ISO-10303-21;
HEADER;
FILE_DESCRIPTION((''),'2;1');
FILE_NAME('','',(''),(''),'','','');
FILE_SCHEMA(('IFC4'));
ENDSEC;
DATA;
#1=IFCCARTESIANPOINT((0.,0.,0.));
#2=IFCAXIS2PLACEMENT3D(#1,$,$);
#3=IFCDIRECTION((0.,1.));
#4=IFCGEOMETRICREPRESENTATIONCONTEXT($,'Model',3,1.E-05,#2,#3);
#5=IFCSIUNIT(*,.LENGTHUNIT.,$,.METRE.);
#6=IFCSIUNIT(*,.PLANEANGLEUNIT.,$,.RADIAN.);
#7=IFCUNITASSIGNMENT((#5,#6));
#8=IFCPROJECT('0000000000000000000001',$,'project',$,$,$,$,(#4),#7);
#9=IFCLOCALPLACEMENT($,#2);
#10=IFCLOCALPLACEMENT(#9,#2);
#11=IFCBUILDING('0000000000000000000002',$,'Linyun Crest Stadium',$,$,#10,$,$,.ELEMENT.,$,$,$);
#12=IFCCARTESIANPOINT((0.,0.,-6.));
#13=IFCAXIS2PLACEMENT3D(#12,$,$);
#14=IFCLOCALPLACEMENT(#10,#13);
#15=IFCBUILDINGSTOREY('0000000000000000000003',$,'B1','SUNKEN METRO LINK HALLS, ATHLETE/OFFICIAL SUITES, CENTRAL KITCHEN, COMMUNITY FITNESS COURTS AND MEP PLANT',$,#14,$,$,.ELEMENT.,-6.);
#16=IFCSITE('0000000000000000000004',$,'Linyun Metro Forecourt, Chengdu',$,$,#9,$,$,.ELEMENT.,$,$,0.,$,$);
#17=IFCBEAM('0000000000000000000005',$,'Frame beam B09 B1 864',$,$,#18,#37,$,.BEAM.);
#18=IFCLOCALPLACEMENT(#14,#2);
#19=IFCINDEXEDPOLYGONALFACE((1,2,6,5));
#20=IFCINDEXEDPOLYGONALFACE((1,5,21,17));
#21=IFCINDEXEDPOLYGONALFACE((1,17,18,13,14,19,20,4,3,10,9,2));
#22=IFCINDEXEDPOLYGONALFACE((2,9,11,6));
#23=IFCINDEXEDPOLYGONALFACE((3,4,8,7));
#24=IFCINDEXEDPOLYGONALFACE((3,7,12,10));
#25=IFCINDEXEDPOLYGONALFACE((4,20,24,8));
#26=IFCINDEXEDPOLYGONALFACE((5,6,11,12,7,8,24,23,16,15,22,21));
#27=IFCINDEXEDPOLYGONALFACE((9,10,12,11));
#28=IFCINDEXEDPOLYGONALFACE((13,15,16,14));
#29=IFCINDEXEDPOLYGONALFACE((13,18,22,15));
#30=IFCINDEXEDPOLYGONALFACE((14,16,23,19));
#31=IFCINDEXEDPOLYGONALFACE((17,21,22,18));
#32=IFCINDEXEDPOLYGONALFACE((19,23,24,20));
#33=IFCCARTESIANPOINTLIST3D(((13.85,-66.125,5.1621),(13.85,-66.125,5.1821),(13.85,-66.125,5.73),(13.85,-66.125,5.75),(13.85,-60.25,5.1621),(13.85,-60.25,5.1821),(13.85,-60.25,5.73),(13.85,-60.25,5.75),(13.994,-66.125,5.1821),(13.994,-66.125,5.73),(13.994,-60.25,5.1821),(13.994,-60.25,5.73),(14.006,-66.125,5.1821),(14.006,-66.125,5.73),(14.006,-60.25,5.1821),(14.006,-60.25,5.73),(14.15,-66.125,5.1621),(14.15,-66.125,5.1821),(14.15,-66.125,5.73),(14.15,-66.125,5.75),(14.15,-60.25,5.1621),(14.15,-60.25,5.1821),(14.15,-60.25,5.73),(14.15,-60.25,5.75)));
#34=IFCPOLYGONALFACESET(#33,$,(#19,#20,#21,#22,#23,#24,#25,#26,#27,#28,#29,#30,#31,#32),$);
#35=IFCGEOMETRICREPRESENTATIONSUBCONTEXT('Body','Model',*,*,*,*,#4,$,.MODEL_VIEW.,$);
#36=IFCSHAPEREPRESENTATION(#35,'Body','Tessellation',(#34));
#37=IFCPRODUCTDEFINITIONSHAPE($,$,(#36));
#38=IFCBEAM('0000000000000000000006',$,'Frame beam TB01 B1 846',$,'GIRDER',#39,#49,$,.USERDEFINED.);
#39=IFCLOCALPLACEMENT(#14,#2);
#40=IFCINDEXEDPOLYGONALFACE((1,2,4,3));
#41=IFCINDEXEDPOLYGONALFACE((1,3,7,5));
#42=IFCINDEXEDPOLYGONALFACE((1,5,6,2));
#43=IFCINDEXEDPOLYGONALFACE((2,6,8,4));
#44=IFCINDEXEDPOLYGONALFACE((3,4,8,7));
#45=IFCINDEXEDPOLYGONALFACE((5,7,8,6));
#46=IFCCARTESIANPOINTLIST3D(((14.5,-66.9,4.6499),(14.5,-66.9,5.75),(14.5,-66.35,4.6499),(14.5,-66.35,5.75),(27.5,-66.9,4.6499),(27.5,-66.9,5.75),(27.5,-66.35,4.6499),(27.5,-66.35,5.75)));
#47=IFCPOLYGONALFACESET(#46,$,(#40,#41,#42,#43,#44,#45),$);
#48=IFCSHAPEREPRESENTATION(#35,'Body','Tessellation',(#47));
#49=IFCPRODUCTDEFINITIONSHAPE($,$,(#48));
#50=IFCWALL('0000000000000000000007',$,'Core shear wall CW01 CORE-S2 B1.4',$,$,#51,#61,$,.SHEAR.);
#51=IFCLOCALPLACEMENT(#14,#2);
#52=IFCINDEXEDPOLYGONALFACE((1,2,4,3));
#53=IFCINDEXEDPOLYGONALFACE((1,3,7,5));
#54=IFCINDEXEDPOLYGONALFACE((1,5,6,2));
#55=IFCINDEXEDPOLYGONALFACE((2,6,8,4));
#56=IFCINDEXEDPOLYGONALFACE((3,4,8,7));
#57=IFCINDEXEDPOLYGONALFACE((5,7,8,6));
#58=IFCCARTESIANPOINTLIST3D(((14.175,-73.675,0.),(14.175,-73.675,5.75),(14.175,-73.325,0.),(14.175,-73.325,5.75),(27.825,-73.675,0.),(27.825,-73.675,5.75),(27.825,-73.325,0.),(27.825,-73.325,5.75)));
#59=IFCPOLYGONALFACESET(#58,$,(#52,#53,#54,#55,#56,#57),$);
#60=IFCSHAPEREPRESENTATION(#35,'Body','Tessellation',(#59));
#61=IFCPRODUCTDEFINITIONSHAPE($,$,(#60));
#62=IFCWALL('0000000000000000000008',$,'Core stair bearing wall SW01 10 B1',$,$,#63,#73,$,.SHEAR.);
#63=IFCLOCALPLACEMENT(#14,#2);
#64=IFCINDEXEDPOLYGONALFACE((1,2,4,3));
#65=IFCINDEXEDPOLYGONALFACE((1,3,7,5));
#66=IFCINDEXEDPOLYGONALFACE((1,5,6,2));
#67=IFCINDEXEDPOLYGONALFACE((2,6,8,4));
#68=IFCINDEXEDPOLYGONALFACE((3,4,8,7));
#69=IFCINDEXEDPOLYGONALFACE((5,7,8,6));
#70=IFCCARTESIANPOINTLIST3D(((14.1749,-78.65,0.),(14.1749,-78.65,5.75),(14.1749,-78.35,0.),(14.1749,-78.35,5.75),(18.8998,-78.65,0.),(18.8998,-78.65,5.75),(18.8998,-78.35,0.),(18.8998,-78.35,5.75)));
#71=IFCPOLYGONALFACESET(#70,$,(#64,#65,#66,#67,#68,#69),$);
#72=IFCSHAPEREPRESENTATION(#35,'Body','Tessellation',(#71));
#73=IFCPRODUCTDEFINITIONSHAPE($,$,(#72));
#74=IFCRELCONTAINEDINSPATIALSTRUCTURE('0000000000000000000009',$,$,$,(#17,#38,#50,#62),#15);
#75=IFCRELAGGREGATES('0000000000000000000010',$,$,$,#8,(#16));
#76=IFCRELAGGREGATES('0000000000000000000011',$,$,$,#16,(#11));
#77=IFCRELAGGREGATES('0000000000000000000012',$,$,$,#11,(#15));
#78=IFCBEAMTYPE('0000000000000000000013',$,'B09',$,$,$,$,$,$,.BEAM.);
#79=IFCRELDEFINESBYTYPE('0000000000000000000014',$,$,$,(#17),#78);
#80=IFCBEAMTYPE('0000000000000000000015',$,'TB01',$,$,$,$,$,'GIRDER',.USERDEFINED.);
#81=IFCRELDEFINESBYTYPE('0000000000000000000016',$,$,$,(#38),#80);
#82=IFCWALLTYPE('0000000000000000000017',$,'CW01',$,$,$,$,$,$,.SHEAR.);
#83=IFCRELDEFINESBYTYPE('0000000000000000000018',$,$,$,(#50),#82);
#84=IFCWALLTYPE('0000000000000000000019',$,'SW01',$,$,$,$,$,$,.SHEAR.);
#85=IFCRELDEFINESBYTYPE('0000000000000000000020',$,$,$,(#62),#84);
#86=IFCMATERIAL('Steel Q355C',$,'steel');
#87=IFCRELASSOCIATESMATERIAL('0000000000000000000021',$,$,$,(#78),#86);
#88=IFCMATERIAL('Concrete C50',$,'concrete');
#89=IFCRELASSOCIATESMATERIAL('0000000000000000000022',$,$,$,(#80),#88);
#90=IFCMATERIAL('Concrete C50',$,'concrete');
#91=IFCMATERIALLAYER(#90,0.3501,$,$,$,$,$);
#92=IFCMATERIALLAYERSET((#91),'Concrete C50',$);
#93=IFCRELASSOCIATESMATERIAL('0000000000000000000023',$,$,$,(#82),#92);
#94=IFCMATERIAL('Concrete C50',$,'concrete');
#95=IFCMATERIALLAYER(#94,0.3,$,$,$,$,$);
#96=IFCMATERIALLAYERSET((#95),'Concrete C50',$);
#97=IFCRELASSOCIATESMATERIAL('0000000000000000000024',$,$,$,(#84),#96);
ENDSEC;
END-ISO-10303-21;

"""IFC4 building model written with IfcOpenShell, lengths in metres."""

from ifc_helpers import new_model, si_unit, direction, frame, frame_2d, origin, origin_2d, place, context, subcontext, project, spatial, rectangle, i_section, extrude, material, layer, layer_set, material_profile, profile_set, type_object, element, save


model = new_model("IFC4")

# Units and contexts
model_context = context("Model", 3, precision=1e-05, world=origin(), true_north=direction((0.0, 1.0)))
body_context = subcontext(model_context, "Body", "Model", "MODEL_VIEW")
ifc_project = project(units=[si_unit("LENGTHUNIT", "METRE"), si_unit("PLANEANGLEUNIT", "RADIAN")], contexts=[model_context])

# Site, building, storey
site_placement = place(None, origin())
site = spatial("IfcSite", under=ifc_project, at=site_placement, Name="Linyun Metro Forecourt, Chengdu", CompositionType="ELEMENT", RefElevation=0.0)
building_placement = place(site_placement, origin())
building = spatial("IfcBuilding", under=site, at=building_placement, Name="Linyun Crest Stadium", CompositionType="ELEMENT")
storey_placement = place(building_placement, frame((0.0, 0.0, -6.0)))
storey = spatial("IfcBuildingStorey", under=building, at=storey_placement, Name="B1", Description="SUNKEN METRO LINK HALLS, ATHLETE/OFFICIAL SUITES, CENTRAL KITCHEN, COMMUNITY FITNESS COURTS AND MEP PLANT", CompositionType="ELEMENT", Elevation=-6.0)

# Beams
ifc_material_1 = material(Name="Steel Q355C", Category="steel")
ifc_material_profile_1 = material_profile(ifc_material_1, i_section(OverallWidth=0.3, OverallDepth=0.5879, WebThickness=0.012, FlangeThickness=0.02, at=origin_2d()), Name="HM 588x300")
ifc_profile_set_1 = profile_set([ifc_material_profile_1], Name="Steel Q355C")
beam_type_1 = type_object("IfcBeamType", Name="B09", PredefinedType="BEAM", material=ifc_profile_set_1)
beam_1_placement = place(storey_placement, frame((14.0, -66.125, 5.4561), z_axis=(0.0, 1.0, 0.0), x_axis=(-1.0, 0.0, 0.0)))
element("IfcBeam", 1, at=beam_1_placement, inside=storey, type_object=beam_type_1, Name="Frame beam B09 B1 864", PredefinedType="BEAM", context=body_context, shape_type="SweptSolid", body=[
    extrude(i_section(OverallWidth=0.3, OverallDepth=0.5879, WebThickness=0.012, FlangeThickness=0.02, at=origin_2d()), origin(), (0.0, 0.0, 1.0), 5.875),
])
ifc_material_2 = material(Name="Concrete C50", Category="concrete")
ifc_material_profile_2 = material_profile(ifc_material_2, rectangle(XDim=0.55, YDim=1.1001, at=origin_2d()), Name="RCB 1100x550")
ifc_profile_set_2 = profile_set([ifc_material_profile_2], Name="Concrete C50")
beam_type_2 = type_object("IfcBeamType", Name="TB01", ElementType="GIRDER", PredefinedType="USERDEFINED", material=ifc_profile_set_2)
beam_2_placement = place(storey_placement, frame((14.5, -66.625, 5.2), z_axis=(1.0, 0.0, 0.0), x_axis=(0.0, 1.0, 0.0)))
element("IfcBeam", 2, at=beam_2_placement, inside=storey, type_object=beam_type_2, Name="Frame beam TB01 B1 846", ObjectType="GIRDER", PredefinedType="USERDEFINED", context=body_context, shape_type="SweptSolid", body=[
    extrude(rectangle(XDim=0.55, YDim=1.1001, at=origin_2d()), origin(), (0.0, 0.0, 1.0), 13.0),
])

# Walls
ifc_material_3 = material(Name="Concrete C50", Category="concrete")
ifc_layer_1 = layer(ifc_material_3, 0.3501)
ifc_layer_set_1 = layer_set([ifc_layer_1], Name="Concrete C50")
wall_type_1 = type_object("IfcWallType", Name="CW01", PredefinedType="SHEAR", material=ifc_layer_set_1)
wall_1_placement = place(storey_placement, frame((14.175, -73.5, 0.0), z_axis=(0.0, 0.0, 1.0), x_axis=(1.0, 0.0, 0.0)))
element("IfcWall", 3, at=wall_1_placement, inside=storey, type_object=wall_type_1, Name="Core shear wall CW01 CORE-S2 B1.4", PredefinedType="SHEAR", context=body_context, shape_type="SweptSolid", body=[
    extrude(rectangle(XDim=13.6499, YDim=0.3501, at=frame_2d((6.825, 0.0))), origin(), (0.0, 0.0, 1.0), 5.75),
])
ifc_material_4 = material(Name="Concrete C50", Category="concrete")
ifc_layer_2 = layer(ifc_material_4, 0.3)
ifc_layer_set_2 = layer_set([ifc_layer_2], Name="Concrete C50")
wall_type_2 = type_object("IfcWallType", Name="SW01", PredefinedType="SHEAR", material=ifc_layer_set_2)
wall_2_placement = place(storey_placement, frame((14.175, -78.5, 0.0), z_axis=(0.0, 0.0, 1.0), x_axis=(1.0, 0.0, 0.0)))
element("IfcWall", 4, at=wall_2_placement, inside=storey, type_object=wall_type_2, Name="Core stair bearing wall SW01 10 B1", PredefinedType="SHEAR", context=body_context, shape_type="SweptSolid", body=[
    extrude(rectangle(XDim=4.7249, YDim=0.3, at=frame_2d((2.3623, 0.0))), origin(), (0.0, 0.0, 1.0), 5.75),
])

save(model, "model.ifc")
